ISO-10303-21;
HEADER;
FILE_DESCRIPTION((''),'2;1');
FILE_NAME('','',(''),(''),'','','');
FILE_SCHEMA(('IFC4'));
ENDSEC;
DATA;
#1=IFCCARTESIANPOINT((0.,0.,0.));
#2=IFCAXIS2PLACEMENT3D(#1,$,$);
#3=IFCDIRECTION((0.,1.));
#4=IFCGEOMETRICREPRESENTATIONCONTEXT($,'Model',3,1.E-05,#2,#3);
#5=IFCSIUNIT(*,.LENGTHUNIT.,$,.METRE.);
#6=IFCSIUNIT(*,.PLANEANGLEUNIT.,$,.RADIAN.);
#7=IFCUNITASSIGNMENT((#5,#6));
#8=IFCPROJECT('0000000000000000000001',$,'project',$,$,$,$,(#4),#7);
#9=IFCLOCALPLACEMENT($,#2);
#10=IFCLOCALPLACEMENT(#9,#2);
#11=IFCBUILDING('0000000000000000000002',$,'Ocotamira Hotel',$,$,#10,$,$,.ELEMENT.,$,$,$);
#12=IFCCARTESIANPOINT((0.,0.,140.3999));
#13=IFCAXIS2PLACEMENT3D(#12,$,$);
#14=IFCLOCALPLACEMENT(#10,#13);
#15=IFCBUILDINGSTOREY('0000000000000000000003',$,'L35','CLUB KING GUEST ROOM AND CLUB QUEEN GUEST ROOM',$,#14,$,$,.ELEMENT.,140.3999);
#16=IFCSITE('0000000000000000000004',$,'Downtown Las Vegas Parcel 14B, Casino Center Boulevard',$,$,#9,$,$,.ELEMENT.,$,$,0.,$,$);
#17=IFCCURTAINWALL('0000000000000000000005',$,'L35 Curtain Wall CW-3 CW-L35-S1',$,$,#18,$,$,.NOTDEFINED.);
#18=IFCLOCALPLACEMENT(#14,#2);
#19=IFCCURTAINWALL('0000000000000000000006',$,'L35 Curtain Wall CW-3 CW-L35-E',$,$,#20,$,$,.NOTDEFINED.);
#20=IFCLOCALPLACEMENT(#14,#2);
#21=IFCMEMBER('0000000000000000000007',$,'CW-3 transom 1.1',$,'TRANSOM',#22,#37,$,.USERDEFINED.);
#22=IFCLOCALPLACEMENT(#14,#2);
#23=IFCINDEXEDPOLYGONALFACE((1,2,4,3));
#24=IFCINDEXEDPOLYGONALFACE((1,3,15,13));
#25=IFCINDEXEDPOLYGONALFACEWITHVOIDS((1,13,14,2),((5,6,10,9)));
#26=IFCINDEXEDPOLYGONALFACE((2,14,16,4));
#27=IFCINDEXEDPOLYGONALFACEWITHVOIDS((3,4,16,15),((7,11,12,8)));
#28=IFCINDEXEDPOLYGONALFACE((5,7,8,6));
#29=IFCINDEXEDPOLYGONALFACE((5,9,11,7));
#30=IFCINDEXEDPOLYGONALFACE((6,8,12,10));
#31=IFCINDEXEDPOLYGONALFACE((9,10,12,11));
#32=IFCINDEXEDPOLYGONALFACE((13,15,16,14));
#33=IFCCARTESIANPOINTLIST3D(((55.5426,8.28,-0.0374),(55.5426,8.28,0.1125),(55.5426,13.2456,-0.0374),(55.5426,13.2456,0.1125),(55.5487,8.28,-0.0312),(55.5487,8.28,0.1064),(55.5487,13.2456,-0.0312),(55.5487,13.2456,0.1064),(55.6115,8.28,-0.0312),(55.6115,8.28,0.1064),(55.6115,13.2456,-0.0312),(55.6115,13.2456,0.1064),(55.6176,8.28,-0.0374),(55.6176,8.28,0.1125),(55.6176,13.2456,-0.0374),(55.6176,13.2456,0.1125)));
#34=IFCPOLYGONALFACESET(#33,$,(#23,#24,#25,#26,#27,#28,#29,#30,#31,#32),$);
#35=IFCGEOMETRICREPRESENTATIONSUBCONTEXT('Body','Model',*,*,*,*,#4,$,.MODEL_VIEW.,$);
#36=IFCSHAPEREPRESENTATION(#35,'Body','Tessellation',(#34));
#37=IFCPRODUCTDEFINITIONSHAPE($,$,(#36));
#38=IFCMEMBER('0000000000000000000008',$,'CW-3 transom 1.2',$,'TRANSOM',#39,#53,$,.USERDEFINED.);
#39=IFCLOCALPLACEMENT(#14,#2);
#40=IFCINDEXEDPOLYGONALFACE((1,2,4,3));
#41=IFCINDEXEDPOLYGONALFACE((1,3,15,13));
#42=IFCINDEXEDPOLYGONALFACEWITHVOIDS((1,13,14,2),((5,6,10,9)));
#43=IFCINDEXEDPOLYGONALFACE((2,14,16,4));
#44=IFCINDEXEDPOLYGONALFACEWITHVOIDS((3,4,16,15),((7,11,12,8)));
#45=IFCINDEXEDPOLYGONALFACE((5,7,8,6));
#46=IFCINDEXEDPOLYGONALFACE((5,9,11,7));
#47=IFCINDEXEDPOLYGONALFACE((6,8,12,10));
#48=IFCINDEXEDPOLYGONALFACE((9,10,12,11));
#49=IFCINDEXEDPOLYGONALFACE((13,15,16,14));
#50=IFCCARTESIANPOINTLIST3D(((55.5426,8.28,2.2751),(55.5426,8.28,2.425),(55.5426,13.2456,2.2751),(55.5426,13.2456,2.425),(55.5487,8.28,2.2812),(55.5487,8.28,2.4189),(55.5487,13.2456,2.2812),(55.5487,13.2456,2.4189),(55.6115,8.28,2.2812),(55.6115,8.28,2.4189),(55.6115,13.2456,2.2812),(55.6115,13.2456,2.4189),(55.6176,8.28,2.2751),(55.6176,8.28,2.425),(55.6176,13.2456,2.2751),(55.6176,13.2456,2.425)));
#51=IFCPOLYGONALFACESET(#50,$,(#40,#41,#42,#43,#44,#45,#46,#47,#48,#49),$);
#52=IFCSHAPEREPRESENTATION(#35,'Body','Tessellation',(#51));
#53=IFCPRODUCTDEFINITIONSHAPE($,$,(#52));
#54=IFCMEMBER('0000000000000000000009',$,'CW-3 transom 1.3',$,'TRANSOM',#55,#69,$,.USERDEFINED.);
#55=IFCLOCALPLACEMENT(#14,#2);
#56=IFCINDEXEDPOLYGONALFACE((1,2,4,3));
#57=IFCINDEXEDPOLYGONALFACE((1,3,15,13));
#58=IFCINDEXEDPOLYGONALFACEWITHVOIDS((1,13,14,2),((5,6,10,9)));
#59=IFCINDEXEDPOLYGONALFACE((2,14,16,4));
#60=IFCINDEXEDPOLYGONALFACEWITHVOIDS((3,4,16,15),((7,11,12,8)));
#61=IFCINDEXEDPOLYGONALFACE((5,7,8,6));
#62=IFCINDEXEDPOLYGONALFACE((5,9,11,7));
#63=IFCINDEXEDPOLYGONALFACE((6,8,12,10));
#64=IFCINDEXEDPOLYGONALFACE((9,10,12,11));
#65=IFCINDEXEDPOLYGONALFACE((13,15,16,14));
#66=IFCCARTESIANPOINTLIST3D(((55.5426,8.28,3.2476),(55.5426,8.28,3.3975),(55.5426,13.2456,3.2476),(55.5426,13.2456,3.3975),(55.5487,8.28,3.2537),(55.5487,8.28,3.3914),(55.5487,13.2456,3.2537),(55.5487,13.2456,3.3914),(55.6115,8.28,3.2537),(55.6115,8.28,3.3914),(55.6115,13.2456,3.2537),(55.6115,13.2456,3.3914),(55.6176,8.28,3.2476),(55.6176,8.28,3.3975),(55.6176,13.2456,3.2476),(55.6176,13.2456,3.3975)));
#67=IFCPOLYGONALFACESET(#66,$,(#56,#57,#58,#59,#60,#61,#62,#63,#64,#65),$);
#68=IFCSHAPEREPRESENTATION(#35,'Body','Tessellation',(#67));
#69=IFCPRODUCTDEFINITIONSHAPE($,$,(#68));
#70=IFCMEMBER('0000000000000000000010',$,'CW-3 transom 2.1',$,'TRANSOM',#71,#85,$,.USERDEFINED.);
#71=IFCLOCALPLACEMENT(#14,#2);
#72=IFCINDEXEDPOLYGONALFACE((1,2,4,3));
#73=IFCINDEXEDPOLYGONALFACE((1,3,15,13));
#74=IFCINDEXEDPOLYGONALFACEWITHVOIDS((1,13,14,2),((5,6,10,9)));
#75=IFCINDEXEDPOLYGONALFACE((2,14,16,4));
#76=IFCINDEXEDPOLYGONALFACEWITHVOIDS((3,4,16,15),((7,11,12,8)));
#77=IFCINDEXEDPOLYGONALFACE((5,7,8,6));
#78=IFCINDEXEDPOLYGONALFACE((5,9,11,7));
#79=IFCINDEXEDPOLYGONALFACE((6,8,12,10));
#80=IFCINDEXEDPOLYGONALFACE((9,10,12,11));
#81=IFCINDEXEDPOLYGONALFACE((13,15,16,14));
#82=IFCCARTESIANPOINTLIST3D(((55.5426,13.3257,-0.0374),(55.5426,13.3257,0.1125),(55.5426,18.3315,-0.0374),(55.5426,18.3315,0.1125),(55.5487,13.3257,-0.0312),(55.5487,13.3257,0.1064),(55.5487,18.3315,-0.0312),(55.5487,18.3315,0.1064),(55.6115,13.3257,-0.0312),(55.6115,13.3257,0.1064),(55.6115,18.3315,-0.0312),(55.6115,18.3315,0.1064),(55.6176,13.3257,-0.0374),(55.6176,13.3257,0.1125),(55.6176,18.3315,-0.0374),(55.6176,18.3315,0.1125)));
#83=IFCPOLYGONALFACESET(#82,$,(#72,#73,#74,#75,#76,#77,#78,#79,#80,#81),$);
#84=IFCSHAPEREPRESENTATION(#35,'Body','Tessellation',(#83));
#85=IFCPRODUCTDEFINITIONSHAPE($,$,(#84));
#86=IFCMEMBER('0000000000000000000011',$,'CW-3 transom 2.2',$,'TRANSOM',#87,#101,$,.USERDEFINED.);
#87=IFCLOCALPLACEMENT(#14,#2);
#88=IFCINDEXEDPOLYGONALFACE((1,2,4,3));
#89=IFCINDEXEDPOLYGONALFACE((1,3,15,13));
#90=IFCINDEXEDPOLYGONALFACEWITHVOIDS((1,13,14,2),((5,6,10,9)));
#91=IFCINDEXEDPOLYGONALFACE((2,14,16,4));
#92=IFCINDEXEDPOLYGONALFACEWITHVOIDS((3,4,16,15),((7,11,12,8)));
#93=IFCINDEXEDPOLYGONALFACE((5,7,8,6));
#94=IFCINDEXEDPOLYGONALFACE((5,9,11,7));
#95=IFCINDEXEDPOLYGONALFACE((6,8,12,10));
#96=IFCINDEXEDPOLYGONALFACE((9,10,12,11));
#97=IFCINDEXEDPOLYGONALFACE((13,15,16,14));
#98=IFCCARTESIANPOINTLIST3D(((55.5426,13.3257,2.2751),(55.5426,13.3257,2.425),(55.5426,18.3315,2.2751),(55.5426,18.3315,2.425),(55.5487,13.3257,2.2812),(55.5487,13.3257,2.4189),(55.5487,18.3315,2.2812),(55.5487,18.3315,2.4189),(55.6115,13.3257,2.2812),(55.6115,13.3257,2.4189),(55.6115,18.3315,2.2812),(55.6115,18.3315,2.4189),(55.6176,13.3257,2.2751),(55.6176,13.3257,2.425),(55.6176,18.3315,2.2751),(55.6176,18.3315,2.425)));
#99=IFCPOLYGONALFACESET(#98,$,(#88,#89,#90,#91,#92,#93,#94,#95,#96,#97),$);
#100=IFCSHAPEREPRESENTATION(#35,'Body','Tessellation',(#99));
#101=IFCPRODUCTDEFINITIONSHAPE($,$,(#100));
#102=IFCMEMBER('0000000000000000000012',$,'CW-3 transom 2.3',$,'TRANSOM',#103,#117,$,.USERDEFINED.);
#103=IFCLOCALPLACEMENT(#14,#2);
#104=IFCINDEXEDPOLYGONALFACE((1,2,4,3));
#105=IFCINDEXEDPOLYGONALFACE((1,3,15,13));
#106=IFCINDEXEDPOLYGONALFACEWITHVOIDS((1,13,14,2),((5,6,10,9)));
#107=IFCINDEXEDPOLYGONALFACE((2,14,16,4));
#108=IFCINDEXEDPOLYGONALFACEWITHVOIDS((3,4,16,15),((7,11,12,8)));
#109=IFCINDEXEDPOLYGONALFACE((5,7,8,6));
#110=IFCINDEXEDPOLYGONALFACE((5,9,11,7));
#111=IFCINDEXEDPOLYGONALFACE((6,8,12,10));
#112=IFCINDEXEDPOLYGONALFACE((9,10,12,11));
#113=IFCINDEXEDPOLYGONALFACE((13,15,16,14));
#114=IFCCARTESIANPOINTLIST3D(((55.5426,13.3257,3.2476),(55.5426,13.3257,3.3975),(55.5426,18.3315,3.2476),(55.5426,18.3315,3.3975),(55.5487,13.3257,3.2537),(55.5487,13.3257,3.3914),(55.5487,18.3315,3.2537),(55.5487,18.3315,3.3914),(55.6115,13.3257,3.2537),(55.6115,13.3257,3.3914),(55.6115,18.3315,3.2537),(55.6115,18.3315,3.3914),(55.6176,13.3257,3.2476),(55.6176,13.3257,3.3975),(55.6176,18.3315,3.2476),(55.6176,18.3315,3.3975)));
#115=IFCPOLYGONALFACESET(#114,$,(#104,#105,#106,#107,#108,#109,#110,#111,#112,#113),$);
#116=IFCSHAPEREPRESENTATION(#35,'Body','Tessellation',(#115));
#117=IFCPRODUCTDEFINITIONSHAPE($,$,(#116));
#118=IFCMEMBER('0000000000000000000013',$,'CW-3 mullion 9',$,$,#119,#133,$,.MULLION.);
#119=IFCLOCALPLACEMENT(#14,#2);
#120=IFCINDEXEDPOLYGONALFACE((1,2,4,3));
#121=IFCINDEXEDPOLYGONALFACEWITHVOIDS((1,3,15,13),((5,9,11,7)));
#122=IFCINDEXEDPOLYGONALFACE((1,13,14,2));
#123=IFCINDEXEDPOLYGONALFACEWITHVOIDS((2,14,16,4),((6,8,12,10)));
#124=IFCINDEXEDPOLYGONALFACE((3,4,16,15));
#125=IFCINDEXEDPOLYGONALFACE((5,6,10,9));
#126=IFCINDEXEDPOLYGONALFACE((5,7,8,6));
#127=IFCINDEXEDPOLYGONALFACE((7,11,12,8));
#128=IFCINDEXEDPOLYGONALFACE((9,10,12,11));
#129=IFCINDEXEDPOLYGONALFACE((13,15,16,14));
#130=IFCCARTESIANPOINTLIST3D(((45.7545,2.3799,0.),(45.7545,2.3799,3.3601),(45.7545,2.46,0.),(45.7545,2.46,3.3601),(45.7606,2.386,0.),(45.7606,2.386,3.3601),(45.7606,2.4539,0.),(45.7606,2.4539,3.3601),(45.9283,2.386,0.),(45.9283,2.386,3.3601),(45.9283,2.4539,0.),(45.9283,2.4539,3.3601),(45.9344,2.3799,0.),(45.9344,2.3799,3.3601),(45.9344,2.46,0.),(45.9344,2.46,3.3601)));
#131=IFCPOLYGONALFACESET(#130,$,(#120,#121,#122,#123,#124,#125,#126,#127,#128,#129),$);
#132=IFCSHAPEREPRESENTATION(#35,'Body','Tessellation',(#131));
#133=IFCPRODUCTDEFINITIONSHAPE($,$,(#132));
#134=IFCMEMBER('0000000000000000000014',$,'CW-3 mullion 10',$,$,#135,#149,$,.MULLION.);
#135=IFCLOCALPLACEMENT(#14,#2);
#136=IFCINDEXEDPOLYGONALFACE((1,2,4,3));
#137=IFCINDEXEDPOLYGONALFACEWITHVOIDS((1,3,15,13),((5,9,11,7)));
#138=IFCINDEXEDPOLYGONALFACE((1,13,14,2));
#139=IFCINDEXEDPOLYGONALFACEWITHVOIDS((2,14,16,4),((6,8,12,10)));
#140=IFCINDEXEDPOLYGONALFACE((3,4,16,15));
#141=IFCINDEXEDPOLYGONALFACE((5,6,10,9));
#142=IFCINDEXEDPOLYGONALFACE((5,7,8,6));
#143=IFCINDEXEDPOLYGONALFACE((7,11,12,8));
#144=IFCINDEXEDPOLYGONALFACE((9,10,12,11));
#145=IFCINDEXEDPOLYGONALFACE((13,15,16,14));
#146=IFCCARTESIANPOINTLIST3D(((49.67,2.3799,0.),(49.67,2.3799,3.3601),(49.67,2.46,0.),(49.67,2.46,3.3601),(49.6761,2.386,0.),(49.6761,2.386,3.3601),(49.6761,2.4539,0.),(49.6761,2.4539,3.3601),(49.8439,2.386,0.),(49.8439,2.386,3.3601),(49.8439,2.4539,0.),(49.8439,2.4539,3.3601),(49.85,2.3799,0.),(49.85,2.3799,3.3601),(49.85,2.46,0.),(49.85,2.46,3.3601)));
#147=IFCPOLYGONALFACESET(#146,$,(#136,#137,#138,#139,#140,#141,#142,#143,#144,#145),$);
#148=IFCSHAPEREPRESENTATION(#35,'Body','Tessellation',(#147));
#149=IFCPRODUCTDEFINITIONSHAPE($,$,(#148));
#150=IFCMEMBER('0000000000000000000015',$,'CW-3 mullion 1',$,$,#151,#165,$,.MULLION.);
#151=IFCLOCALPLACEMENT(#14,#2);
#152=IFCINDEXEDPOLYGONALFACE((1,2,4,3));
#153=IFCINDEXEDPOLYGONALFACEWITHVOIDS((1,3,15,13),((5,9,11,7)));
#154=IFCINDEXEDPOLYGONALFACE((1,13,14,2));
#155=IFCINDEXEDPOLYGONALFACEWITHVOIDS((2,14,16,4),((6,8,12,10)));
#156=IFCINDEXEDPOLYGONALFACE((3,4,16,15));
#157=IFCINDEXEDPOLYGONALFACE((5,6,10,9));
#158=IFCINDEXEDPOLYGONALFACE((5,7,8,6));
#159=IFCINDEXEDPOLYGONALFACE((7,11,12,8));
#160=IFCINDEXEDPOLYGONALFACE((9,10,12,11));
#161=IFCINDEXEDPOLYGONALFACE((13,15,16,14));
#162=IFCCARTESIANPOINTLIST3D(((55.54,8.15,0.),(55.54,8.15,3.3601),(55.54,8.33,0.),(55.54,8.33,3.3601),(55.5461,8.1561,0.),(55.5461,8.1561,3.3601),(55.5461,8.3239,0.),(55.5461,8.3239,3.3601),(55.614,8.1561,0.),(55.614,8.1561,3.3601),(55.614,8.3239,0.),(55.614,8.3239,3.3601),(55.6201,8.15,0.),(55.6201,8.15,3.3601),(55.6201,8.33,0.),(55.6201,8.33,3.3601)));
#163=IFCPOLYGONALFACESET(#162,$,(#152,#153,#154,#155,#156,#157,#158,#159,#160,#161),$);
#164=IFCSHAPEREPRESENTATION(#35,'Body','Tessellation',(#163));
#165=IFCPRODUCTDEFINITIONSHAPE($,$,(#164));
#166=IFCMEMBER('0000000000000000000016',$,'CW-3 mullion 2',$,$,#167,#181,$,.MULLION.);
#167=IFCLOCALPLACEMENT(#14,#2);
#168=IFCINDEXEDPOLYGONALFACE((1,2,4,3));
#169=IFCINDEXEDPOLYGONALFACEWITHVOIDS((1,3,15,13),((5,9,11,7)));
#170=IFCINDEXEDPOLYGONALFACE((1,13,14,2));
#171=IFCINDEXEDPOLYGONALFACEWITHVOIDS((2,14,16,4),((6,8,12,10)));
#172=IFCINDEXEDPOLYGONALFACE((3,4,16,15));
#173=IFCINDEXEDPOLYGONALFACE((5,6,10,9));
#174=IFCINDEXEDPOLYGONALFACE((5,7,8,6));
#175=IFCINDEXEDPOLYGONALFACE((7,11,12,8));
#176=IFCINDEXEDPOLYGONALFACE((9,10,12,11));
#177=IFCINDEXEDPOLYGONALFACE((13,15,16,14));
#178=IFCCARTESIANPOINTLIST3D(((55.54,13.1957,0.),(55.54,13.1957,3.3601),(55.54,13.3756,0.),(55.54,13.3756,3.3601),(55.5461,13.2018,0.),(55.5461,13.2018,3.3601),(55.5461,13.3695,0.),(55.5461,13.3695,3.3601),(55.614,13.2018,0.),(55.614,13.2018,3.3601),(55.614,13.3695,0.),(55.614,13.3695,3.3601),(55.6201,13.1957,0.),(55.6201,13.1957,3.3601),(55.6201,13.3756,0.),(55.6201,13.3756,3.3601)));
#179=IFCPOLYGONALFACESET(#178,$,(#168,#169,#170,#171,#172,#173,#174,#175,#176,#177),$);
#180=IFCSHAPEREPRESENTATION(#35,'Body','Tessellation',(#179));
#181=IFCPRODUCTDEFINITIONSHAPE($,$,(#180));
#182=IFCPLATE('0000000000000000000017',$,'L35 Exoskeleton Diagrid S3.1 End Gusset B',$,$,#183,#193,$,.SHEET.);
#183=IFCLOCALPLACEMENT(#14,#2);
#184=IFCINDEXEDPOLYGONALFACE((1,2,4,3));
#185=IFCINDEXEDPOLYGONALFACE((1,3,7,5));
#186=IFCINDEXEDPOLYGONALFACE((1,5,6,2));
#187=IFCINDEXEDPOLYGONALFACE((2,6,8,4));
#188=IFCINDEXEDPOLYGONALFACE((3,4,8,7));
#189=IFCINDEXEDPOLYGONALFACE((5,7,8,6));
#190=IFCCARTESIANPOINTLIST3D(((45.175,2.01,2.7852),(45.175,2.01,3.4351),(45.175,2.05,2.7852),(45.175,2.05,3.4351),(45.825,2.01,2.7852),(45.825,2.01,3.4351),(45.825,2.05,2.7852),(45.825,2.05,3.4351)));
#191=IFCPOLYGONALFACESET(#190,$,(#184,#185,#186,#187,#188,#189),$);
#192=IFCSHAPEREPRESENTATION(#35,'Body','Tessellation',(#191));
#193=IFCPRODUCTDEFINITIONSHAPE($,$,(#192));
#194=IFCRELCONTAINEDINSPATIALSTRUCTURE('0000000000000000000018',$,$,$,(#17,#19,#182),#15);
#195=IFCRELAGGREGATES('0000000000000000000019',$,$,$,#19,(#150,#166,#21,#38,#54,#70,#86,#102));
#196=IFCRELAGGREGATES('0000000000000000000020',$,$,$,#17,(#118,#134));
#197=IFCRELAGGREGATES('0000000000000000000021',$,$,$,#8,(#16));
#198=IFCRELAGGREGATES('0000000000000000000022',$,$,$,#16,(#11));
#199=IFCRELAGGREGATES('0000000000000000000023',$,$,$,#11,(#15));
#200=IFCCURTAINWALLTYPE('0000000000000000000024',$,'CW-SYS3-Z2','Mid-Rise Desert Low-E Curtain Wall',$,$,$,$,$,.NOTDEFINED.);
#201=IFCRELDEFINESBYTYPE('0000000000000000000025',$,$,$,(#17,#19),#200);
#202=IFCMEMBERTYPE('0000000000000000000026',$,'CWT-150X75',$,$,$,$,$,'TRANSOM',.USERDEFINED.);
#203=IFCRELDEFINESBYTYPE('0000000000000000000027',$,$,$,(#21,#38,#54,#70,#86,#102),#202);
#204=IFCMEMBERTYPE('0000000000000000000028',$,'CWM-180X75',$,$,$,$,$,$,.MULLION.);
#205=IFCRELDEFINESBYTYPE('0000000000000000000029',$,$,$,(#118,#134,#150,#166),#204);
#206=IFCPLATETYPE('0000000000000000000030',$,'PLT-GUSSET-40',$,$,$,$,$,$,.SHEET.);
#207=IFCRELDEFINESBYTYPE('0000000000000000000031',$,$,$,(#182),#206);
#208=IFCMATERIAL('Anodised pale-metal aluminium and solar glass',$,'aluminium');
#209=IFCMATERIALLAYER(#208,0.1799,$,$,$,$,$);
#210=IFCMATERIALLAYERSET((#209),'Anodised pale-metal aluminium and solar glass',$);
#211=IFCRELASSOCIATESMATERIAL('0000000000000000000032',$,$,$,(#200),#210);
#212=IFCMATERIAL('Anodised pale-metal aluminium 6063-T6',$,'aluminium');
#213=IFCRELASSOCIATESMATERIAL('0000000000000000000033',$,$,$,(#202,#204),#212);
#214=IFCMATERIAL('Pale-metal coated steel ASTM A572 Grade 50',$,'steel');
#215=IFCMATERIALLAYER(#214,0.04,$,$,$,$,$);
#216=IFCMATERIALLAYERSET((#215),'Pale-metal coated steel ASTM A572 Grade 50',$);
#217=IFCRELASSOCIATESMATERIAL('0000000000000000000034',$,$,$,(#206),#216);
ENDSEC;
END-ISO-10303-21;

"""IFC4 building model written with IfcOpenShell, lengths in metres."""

from ifc_helpers import new_model, si_unit, direction, frame, origin, origin_2d, place, context, subcontext, project, spatial, rectangle, hollow_rectangle, extrude, source, transform, mapped, material, layer, layer_set, material_profile, profile_set, type_object, element, aggregate, save


model = new_model("IFC4")

# Units and contexts
model_context = context("Model", 3, precision=1e-05, world=origin(), true_north=direction((0.0, 1.0)))
body_context = subcontext(model_context, "Body", "Model", "MODEL_VIEW")
ifc_project = project(units=[si_unit("LENGTHUNIT", "METRE"), si_unit("PLANEANGLEUNIT", "RADIAN")], contexts=[model_context])

# Site, building, storey
site_placement = place(None, origin())
site = spatial("IfcSite", under=ifc_project, at=site_placement, Name="Downtown Las Vegas Parcel 14B, Casino Center Boulevard", CompositionType="ELEMENT", RefElevation=0.0)
building_placement = place(site_placement, origin())
building = spatial("IfcBuilding", under=site, at=building_placement, Name="Ocotamira Hotel", CompositionType="ELEMENT")
storey_placement = place(building_placement, frame((0.0, 0.0, 140.3999)))
storey = spatial("IfcBuildingStorey", under=building, at=storey_placement, Name="L35", Description="CLUB KING GUEST ROOM AND CLUB QUEEN GUEST ROOM", CompositionType="ELEMENT", Elevation=140.3999)

# Curtain walls, members
ifc_material_1 = material(Name="Anodised pale-metal aluminium and solar glass", Category="aluminium")
ifc_layer_1 = layer(ifc_material_1, 0.1799)
ifc_layer_set_1 = layer_set([ifc_layer_1], Name="Anodised pale-metal aluminium and solar glass")
curtain_wall_type = type_object("IfcCurtainWallType", Name="CW-SYS3-Z2", Description="Mid-Rise Desert Low-E Curtain Wall", PredefinedType="NOTDEFINED", material=ifc_layer_set_1)
curtain_wall_1_placement = place(storey_placement, origin())
curtain_wall_1 = element("IfcCurtainWall", 1, at=curtain_wall_1_placement, inside=storey, type_object=curtain_wall_type, Name="L35 Curtain Wall CW-3 CW-L35-S1", PredefinedType="NOTDEFINED")
ifc_material_2 = material(Name="Anodised pale-metal aluminium 6063-T6", Category="aluminium")
ifc_material_profile_1 = material_profile(ifc_material_2, hollow_rectangle(XDim=0.075, YDim=0.1499, WallThickness=0.0061, at=origin_2d()), Name="HSS150X75X6")
ifc_profile_set_1 = profile_set([ifc_material_profile_1], Name="Anodised pale-metal aluminium 6063-T6")
member_type_1 = type_object("IfcMemberType", Name="CWT-150X75", ElementType="TRANSOM", PredefinedType="USERDEFINED", material=ifc_profile_set_1)
curtain_wall_2_placement = place(storey_placement, origin())
curtain_wall_2 = element("IfcCurtainWall", 2, at=curtain_wall_2_placement, inside=storey, type_object=curtain_wall_type, Name="L35 Curtain Wall CW-3 CW-L35-E", PredefinedType="NOTDEFINED")
shared_shape_1 = source(origin(), body_context, "Body", "SweptSolid", [
    extrude(hollow_rectangle(XDim=0.075, YDim=0.1499, WallThickness=0.0061, at=origin_2d()), origin(), (0.0, 0.0, 1.0), 4.9656),
])
member_1_placement = place(storey_placement, frame((55.5801, 8.28, 0.0376), z_axis=(0.0, 1.0, 0.0), x_axis=(-1.0, 0.0, 0.0)))
member_1 = element("IfcMember", 3, at=member_1_placement, type_object=member_type_1, Name="CW-3 transom 1.1", ObjectType="TRANSOM", PredefinedType="USERDEFINED", context=body_context, shape_type="MappedRepresentation", body=[
    mapped(shared_shape_1, transform((0.0, 0.0, 0.0), scale=1.0)),
])
member_2_placement = place(storey_placement, frame((55.5801, 8.28, 2.3501), z_axis=(0.0, 1.0, 0.0), x_axis=(-1.0, 0.0, 0.0)))
member_2 = element("IfcMember", 4, at=member_2_placement, type_object=member_type_1, Name="CW-3 transom 1.2", ObjectType="TRANSOM", PredefinedType="USERDEFINED", context=body_context, shape_type="MappedRepresentation", body=[
    mapped(shared_shape_1, transform((0.0, 0.0, 0.0), scale=1.0)),
])
member_3_placement = place(storey_placement, frame((55.5801, 8.28, 3.3225), z_axis=(0.0, 1.0, 0.0), x_axis=(-1.0, 0.0, 0.0)))
member_3 = element("IfcMember", 5, at=member_3_placement, type_object=member_type_1, Name="CW-3 transom 1.3", ObjectType="TRANSOM", PredefinedType="USERDEFINED", context=body_context, shape_type="MappedRepresentation", body=[
    mapped(shared_shape_1, transform((0.0, 0.0, 0.0), scale=1.0)),
])
shared_shape_2 = source(origin(), body_context, "Body", "SweptSolid", [
    extrude(hollow_rectangle(XDim=0.075, YDim=0.1499, WallThickness=0.0061, at=origin_2d()), origin(), (0.0, 0.0, 1.0), 5.0059),
])
member_4_placement = place(storey_placement, frame((55.5801, 13.3257, 0.0376), z_axis=(0.0, 1.0, 0.0), x_axis=(-1.0, 0.0, 0.0)))
member_4 = element("IfcMember", 6, at=member_4_placement, type_object=member_type_1, Name="CW-3 transom 2.1", ObjectType="TRANSOM", PredefinedType="USERDEFINED", context=body_context, shape_type="MappedRepresentation", body=[
    mapped(shared_shape_2, transform((0.0, 0.0, 0.0), scale=1.0)),
])
member_5_placement = place(storey_placement, frame((55.5801, 13.3257, 2.3501), z_axis=(0.0, 1.0, 0.0), x_axis=(-1.0, 0.0, 0.0)))
member_5 = element("IfcMember", 7, at=member_5_placement, type_object=member_type_1, Name="CW-3 transom 2.2", ObjectType="TRANSOM", PredefinedType="USERDEFINED", context=body_context, shape_type="MappedRepresentation", body=[
    mapped(shared_shape_2, transform((0.0, 0.0, 0.0), scale=1.0)),
])
member_6_placement = place(storey_placement, frame((55.5801, 13.3257, 3.3225), z_axis=(0.0, 1.0, 0.0), x_axis=(-1.0, 0.0, 0.0)))
member_6 = element("IfcMember", 8, at=member_6_placement, type_object=member_type_1, Name="CW-3 transom 2.3", ObjectType="TRANSOM", PredefinedType="USERDEFINED", context=body_context, shape_type="MappedRepresentation", body=[
    mapped(shared_shape_2, transform((0.0, 0.0, 0.0), scale=1.0)),
])

# Members
ifc_material_profile_2 = material_profile(ifc_material_2, hollow_rectangle(XDim=0.0801, YDim=0.1799, WallThickness=0.0061, at=origin_2d()), Name="HSS180X80X6")
ifc_profile_set_2 = profile_set([ifc_material_profile_2], Name="Anodised pale-metal aluminium 6063-T6")
member_type_2 = type_object("IfcMemberType", Name="CWM-180X75", PredefinedType="MULLION", material=ifc_profile_set_2)
shared_shape_3 = source(origin(), body_context, "Body", "SweptSolid", [
    extrude(hollow_rectangle(XDim=0.0801, YDim=0.1799, WallThickness=0.0061, at=origin_2d()), origin(), (0.0, 0.0, 1.0), 3.3601),
])
member_7_placement = place(storey_placement, frame((45.8445, 2.4199, 0.0), z_axis=(0.0, 0.0, 1.0), x_axis=(0.0, 1.0, 0.0)))
member_7 = element("IfcMember", 9, at=member_7_placement, type_object=member_type_2, Name="CW-3 mullion 9", PredefinedType="MULLION", context=body_context, shape_type="MappedRepresentation", body=[
    mapped(shared_shape_3, transform((0.0, 0.0, 0.0), scale=1.0)),
])
member_8_placement = place(storey_placement, frame((49.76, 2.4199, 0.0), z_axis=(0.0, 0.0, 1.0), x_axis=(0.0, 1.0, 0.0)))
member_8 = element("IfcMember", 10, at=member_8_placement, type_object=member_type_2, Name="CW-3 mullion 10", PredefinedType="MULLION", context=body_context, shape_type="MappedRepresentation", body=[
    mapped(shared_shape_3, transform((0.0, 0.0, 0.0), scale=1.0)),
])
member_9_placement = place(storey_placement, frame((55.5801, 8.24, 0.0), z_axis=(0.0, 0.0, 1.0), x_axis=(-1.0, 0.0, 0.0)))
member_9 = element("IfcMember", 11, at=member_9_placement, type_object=member_type_2, Name="CW-3 mullion 1", PredefinedType="MULLION", context=body_context, shape_type="MappedRepresentation", body=[
    mapped(shared_shape_3, transform((0.0, 0.0, 0.0), scale=1.0)),
])
member_10_placement = place(storey_placement, frame((55.5801, 13.2856, 0.0), z_axis=(0.0, 0.0, 1.0), x_axis=(-1.0, 0.0, 0.0)))
member_10 = element("IfcMember", 12, at=member_10_placement, type_object=member_type_2, Name="CW-3 mullion 2", PredefinedType="MULLION", context=body_context, shape_type="MappedRepresentation", body=[
    mapped(shared_shape_3, transform((0.0, 0.0, 0.0), scale=1.0)),
])

# Plate
ifc_material_3 = material(Name="Pale-metal coated steel ASTM A572 Grade 50", Category="steel")
ifc_layer_2 = layer(ifc_material_3, 0.04)
ifc_layer_set_2 = layer_set([ifc_layer_2], Name="Pale-metal coated steel ASTM A572 Grade 50")
plate_type_1 = type_object("IfcPlateType", Name="PLT-GUSSET-40", PredefinedType="SHEET", material=ifc_layer_set_2)
shared_shape_4 = source(origin(), body_context, "Body", "SweptSolid", [
    extrude(rectangle(XDim=0.6499, YDim=0.04, at=origin_2d()), origin(), (0.0, 0.0, 1.0), 0.6499),
])
plate_1_placement = place(storey_placement, frame((45.5, 2.03, 2.7852), z_axis=(0.0, 0.0, 1.0), x_axis=(1.0, 0.0, 0.0)))
element("IfcPlate", 13, at=plate_1_placement, inside=storey, type_object=plate_type_1, Name="L35 Exoskeleton Diagrid S3.1 End Gusset B", PredefinedType="SHEET", context=body_context, shape_type="MappedRepresentation", body=[
    mapped(shared_shape_4, transform((0.0, 0.0, 0.0), scale=1.0)),
])
aggregate(curtain_wall_2, [member_9, member_10, member_1, member_2, member_3, member_4, member_5, member_6])
aggregate(curtain_wall_1, [member_7, member_8])

save(model, "model.ifc")
